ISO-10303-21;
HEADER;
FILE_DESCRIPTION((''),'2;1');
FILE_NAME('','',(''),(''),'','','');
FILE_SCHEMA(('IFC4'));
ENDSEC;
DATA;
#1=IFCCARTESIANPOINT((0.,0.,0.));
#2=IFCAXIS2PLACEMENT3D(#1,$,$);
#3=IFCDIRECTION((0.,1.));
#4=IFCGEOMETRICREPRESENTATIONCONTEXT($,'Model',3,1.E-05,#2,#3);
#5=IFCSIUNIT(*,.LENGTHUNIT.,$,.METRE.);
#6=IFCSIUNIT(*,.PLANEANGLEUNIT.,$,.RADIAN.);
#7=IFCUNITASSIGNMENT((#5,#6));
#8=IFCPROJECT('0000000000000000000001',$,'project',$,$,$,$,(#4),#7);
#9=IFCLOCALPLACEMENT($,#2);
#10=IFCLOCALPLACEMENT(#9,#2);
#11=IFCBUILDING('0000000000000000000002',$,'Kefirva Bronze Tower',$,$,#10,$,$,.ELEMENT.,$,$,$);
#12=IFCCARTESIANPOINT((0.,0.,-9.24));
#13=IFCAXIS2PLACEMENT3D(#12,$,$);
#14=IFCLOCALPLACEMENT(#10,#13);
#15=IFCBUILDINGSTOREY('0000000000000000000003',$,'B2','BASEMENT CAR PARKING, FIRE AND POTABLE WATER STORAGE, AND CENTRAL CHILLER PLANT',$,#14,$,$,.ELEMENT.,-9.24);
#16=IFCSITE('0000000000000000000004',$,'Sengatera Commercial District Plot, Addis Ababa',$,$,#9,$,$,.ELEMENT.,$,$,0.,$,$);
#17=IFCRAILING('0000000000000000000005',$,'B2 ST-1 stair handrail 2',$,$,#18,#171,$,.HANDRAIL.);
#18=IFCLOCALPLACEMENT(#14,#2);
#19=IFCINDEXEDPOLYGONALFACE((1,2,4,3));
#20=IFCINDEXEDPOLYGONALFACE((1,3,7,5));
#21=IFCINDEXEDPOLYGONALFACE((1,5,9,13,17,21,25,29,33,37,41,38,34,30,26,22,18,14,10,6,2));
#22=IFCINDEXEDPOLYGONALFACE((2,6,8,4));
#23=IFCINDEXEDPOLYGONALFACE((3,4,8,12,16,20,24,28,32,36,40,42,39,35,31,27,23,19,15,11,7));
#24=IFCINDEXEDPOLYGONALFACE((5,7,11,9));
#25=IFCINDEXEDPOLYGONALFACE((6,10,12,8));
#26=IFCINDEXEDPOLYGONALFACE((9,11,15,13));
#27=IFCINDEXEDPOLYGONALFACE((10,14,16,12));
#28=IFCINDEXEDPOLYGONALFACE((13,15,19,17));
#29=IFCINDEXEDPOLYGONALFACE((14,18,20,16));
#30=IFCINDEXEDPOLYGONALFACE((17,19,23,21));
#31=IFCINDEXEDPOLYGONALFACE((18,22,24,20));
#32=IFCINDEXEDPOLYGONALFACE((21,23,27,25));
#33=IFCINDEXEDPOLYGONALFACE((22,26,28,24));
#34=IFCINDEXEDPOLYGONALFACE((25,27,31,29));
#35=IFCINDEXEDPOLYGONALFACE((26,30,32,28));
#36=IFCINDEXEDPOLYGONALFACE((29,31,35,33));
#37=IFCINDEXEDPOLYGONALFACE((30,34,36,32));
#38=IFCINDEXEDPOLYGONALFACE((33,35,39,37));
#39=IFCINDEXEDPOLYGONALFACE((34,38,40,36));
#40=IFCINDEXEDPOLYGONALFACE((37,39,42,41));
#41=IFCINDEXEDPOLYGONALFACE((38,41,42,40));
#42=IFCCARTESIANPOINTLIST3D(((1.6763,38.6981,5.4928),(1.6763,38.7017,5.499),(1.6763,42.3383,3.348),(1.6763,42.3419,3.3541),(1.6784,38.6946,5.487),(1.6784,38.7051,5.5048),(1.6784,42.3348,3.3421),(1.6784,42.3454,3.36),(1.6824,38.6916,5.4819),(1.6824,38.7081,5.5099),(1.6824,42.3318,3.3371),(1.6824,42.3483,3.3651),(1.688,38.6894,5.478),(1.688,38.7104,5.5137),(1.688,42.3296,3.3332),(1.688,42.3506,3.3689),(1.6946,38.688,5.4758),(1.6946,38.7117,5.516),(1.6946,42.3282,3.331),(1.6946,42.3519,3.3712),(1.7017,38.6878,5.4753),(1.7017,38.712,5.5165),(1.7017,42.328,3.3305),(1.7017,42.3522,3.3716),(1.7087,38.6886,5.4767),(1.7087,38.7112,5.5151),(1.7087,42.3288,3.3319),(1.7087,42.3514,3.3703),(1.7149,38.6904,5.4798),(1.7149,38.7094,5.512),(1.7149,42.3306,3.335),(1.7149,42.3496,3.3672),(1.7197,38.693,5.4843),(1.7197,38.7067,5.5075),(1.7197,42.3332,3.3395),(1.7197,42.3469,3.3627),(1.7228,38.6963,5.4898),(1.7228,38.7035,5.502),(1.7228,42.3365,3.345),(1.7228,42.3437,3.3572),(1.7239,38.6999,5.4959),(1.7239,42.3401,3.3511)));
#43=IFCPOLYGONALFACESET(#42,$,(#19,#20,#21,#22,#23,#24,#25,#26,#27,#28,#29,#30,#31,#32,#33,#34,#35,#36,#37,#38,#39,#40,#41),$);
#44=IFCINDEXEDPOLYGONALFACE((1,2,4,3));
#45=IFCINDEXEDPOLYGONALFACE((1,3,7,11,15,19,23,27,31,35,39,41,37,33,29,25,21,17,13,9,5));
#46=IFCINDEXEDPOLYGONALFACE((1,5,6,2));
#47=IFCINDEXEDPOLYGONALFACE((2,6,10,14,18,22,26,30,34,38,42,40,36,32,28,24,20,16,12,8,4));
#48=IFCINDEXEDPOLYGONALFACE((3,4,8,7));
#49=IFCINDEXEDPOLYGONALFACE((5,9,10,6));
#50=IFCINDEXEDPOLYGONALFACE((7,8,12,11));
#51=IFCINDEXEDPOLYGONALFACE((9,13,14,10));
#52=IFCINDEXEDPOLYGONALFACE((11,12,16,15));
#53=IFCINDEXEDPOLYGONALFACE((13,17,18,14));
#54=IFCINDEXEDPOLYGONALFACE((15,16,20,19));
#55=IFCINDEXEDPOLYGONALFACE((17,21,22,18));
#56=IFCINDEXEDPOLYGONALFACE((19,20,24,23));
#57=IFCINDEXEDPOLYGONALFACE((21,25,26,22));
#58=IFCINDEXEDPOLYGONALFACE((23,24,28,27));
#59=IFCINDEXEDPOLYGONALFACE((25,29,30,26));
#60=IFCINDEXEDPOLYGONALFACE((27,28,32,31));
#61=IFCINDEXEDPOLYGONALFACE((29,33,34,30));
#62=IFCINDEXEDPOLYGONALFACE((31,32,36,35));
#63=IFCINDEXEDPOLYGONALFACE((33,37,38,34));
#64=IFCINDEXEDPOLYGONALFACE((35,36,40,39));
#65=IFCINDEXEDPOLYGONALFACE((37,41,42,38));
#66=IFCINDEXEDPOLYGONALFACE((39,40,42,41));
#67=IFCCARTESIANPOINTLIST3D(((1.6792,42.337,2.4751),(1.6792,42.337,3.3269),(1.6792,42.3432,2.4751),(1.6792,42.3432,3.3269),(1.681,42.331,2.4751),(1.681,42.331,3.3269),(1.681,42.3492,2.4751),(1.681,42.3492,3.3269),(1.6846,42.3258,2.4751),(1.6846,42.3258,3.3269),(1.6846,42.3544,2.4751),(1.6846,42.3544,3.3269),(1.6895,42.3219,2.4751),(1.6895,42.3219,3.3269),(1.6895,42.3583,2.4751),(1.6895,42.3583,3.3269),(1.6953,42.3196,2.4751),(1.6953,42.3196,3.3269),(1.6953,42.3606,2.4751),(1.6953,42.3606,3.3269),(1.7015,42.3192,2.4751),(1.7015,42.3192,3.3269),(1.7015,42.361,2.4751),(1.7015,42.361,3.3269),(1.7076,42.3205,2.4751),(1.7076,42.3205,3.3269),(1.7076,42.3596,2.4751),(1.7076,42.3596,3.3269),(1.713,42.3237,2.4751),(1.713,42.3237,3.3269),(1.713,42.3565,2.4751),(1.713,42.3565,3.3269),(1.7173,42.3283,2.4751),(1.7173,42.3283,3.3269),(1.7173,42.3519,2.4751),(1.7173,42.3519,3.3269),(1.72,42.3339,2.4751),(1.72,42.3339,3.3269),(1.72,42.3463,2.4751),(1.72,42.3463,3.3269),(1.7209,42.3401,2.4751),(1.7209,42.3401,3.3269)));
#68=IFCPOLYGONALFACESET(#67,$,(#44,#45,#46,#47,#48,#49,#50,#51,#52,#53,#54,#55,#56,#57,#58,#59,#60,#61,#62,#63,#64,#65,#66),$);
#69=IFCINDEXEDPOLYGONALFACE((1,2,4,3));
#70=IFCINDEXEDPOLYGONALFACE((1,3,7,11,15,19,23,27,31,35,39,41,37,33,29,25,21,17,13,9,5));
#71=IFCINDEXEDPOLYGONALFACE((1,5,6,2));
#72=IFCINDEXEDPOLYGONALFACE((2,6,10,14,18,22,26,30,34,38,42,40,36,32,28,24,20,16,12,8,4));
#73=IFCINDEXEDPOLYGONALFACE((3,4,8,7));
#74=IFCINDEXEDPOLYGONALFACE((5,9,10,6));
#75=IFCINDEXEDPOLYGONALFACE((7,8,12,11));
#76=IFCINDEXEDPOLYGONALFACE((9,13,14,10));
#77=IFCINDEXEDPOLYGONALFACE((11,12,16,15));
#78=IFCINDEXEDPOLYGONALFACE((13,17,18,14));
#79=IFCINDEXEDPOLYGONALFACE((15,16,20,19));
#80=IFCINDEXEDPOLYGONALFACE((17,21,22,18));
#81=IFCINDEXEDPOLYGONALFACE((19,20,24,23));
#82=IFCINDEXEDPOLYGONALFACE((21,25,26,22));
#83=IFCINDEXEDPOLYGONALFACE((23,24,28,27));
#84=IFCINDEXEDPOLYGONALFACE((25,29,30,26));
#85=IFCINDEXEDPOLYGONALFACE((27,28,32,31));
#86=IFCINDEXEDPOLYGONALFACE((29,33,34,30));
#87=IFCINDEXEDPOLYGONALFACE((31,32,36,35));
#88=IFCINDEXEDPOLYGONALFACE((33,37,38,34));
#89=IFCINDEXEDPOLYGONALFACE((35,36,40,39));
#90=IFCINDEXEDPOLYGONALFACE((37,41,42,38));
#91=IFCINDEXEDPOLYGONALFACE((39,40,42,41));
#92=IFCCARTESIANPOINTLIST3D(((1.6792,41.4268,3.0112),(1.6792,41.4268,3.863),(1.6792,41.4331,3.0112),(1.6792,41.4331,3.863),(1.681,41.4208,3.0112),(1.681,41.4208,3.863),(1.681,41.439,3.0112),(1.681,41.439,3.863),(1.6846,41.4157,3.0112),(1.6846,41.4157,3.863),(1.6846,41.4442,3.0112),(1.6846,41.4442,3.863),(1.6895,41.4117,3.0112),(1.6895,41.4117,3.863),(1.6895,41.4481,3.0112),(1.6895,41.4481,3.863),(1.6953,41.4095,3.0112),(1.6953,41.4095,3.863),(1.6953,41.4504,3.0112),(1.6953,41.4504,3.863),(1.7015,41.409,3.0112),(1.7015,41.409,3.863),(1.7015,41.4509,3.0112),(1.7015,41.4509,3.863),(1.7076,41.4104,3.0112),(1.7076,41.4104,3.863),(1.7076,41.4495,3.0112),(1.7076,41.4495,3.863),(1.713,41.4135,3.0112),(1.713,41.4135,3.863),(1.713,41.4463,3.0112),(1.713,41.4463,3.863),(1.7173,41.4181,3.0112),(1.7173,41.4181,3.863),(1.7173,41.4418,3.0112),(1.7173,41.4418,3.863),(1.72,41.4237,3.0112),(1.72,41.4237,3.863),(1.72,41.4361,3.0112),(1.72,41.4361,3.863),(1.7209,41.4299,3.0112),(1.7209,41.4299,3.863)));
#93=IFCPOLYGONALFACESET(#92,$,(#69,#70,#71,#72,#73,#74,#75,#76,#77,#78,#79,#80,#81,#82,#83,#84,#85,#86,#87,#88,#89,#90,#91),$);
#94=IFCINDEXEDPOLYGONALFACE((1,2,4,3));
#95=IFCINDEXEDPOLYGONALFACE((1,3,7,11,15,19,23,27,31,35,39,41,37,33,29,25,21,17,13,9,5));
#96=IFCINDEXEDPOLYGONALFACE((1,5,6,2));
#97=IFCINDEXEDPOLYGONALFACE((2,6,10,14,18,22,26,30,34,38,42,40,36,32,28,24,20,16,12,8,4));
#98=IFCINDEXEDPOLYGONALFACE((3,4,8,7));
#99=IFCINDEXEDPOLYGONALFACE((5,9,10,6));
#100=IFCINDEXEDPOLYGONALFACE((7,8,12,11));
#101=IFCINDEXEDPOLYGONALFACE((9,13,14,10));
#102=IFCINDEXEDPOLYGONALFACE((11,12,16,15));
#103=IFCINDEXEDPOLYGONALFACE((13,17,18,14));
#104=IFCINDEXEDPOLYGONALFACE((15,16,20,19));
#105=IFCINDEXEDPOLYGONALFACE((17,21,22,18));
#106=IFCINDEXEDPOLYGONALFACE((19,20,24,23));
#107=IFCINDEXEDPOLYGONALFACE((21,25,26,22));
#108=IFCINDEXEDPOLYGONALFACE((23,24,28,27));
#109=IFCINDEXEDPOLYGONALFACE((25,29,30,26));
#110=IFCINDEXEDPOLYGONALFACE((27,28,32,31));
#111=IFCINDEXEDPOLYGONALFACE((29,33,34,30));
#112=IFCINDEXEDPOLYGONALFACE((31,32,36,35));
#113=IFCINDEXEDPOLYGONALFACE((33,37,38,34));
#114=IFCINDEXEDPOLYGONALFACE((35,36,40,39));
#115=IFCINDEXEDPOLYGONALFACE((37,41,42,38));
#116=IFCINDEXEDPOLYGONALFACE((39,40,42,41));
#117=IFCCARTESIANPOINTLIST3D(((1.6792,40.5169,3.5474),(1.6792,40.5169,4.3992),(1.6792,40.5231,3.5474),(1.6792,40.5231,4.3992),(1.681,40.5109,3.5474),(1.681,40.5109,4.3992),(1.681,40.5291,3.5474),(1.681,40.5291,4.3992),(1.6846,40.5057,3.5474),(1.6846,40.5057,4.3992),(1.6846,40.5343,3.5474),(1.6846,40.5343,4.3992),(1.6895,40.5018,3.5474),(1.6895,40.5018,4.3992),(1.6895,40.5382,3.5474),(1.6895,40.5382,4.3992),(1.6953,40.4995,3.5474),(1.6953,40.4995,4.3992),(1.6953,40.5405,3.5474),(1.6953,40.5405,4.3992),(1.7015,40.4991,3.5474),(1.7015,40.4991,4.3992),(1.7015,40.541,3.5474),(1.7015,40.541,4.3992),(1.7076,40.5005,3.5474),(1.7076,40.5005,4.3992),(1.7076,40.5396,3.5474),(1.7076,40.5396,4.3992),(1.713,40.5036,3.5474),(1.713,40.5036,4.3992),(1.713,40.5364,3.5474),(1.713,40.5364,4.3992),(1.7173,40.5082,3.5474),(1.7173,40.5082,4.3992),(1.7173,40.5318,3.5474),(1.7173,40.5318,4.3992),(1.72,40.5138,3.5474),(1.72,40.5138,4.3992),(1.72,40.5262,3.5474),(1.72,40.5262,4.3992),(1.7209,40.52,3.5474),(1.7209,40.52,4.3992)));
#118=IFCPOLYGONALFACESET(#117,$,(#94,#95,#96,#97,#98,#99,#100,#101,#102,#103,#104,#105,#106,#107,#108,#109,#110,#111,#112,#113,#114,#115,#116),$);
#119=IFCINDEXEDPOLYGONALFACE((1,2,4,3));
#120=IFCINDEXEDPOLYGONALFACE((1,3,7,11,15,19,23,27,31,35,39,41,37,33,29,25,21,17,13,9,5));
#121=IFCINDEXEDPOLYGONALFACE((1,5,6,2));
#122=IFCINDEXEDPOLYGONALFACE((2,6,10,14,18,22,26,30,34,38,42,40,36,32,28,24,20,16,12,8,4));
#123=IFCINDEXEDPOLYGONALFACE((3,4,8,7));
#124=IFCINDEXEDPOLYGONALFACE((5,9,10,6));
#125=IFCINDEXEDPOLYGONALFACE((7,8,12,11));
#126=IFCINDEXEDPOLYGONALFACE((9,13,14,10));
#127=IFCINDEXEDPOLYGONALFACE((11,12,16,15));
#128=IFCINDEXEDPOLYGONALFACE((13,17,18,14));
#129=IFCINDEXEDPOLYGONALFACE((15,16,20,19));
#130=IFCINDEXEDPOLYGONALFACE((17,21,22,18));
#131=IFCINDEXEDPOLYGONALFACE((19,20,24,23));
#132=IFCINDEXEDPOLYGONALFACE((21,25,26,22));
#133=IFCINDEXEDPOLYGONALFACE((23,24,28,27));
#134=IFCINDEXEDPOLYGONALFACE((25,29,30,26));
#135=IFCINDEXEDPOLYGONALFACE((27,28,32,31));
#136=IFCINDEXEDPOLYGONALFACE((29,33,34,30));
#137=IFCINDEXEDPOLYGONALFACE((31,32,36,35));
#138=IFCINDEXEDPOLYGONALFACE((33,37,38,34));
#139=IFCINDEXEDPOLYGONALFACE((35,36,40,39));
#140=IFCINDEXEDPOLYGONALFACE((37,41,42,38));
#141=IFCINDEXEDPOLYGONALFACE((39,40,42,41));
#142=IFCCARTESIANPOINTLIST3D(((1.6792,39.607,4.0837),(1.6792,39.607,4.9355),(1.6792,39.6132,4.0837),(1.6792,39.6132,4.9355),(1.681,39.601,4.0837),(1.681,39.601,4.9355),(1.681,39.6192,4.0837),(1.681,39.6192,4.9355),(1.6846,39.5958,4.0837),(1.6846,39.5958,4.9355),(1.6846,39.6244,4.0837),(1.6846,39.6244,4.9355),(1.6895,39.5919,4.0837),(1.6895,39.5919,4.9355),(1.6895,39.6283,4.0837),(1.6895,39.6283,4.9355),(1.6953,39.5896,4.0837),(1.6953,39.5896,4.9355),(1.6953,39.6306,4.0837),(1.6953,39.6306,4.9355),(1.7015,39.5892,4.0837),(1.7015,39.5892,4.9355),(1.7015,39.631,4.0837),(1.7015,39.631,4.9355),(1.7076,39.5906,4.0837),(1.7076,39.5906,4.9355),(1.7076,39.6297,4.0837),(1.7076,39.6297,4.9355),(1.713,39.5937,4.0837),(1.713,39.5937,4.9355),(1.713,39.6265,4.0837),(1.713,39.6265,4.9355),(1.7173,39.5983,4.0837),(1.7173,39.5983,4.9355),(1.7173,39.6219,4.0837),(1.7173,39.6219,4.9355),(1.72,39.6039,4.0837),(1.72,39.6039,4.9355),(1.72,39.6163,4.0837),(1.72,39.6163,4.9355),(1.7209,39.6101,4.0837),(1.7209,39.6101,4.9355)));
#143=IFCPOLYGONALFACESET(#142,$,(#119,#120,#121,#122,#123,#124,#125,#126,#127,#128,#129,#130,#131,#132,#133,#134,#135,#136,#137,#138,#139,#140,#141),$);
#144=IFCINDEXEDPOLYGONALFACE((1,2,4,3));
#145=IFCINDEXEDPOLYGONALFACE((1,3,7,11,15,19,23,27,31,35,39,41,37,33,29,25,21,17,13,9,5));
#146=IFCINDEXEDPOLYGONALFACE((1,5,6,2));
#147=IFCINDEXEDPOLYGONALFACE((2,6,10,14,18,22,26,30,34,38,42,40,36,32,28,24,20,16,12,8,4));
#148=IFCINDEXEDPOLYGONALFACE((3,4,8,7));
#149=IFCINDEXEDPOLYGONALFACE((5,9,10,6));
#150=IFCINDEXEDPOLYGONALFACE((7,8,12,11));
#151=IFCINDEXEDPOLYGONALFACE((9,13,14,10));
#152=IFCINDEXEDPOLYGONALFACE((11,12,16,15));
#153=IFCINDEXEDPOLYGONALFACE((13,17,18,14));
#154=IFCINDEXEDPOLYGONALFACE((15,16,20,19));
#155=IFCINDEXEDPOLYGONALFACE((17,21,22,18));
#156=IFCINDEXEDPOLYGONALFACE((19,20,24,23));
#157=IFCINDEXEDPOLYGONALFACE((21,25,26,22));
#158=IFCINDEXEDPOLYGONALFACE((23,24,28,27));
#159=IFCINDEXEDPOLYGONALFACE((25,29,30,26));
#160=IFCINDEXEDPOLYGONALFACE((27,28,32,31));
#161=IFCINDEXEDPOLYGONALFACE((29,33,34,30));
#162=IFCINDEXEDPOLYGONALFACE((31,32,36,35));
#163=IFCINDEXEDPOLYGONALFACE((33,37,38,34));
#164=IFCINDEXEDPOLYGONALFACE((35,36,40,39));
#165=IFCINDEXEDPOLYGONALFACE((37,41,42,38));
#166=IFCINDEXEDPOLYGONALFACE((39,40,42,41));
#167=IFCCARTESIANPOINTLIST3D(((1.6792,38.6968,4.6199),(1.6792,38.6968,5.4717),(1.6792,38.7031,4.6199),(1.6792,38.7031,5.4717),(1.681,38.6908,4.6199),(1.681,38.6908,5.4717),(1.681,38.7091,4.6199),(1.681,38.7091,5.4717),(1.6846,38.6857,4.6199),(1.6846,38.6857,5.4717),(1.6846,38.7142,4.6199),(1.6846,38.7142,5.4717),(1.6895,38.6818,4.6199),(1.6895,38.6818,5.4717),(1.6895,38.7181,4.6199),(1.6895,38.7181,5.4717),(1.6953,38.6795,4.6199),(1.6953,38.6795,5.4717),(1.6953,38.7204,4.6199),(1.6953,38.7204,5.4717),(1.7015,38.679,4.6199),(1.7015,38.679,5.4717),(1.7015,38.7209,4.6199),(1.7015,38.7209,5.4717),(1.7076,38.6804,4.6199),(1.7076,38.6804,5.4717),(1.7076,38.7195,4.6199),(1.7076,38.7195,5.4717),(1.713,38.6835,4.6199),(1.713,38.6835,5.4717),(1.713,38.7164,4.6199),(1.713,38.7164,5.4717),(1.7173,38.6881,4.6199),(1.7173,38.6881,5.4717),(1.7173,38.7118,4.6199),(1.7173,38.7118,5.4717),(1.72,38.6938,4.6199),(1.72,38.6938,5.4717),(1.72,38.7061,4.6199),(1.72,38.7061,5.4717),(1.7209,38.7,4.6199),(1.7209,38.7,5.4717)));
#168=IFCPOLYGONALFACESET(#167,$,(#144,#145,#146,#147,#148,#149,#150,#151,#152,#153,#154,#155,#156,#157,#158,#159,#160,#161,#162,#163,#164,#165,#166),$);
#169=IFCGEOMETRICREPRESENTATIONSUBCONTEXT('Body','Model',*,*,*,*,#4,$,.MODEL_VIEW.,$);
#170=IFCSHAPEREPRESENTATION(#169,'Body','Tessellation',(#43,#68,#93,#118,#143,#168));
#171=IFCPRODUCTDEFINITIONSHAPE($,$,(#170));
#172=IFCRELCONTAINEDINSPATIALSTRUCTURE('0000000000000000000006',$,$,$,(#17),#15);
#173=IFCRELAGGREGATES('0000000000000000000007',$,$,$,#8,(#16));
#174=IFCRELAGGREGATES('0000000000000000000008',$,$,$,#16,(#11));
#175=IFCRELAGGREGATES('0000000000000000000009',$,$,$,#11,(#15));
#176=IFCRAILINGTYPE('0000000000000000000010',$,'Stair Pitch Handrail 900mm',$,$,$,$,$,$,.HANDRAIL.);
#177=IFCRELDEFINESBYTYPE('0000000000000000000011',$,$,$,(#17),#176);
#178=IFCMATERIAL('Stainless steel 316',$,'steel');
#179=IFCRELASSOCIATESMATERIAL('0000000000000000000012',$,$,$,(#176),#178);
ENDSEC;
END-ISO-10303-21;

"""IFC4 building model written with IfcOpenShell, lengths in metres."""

from ifc_helpers import new_model, si_unit, direction, frame, origin, origin_2d, place, context, subcontext, project, spatial, circle, extrude, material, type_object, element, save


model = new_model("IFC4")

# Units and contexts
model_context = context("Model", 3, precision=1e-05, world=origin(), true_north=direction((0.0, 1.0)))
body_context = subcontext(model_context, "Body", "Model", "MODEL_VIEW")
ifc_project = project(units=[si_unit("LENGTHUNIT", "METRE"), si_unit("PLANEANGLEUNIT", "RADIAN")], contexts=[model_context])

# Site, building, storey
site_placement = place(None, origin())
site = spatial("IfcSite", under=ifc_project, at=site_placement, Name="Sengatera Commercial District Plot, Addis Ababa", CompositionType="ELEMENT", RefElevation=0.0)
building_placement = place(site_placement, origin())
building = spatial("IfcBuilding", under=site, at=building_placement, Name="Kefirva Bronze Tower", CompositionType="ELEMENT")
storey_placement = place(building_placement, frame((0.0, 0.0, -9.24)))
storey = spatial("IfcBuildingStorey", under=building, at=storey_placement, Name="B2", Description="BASEMENT CAR PARKING, FIRE AND POTABLE WATER STORAGE, AND CENTRAL CHILLER PLANT", CompositionType="ELEMENT", Elevation=-9.24)

# Railing
ifc_material_1 = material(Name="Stainless steel 316", Category="steel")
railing_type_1 = type_object("IfcRailingType", Name="Stair Pitch Handrail 900mm", PredefinedType="HANDRAIL", material=ifc_material_1)
railing_1_placement = place(storey_placement, frame((1.7, 42.3401, 2.4751)))
element("IfcRailing", 1, at=railing_1_placement, inside=storey, type_object=railing_type_1, Name="B2 ST-1 stair handrail 2", PredefinedType="HANDRAIL", context=body_context, shape_type="SweptSolid", body=[
    extrude(circle(Radius=0.0239, at=origin_2d()), frame((0.0, 0.0, 0.876), z_axis=(0.0, -0.86157, 0.507639), x_axis=(1.0, 0.0, 0.0)), (0.0, 0.0, 1.0), 4.2251),
    extrude(circle(Radius=0.021, at=origin_2d()), origin(), (0.0, 0.0, 1.0), 0.8518),
    extrude(circle(Radius=0.021, at=origin_2d()), frame((0.0, -0.9102, 0.5361)), (0.0, 0.0, 1.0), 0.8518),
    extrude(circle(Radius=0.021, at=origin_2d()), frame((0.0, -1.8201, 1.0723)), (0.0, 0.0, 1.0), 0.8518),
    extrude(circle(Radius=0.021, at=origin_2d()), frame((0.0, -2.73, 1.6086)), (0.0, 0.0, 1.0), 0.8518),
    extrude(circle(Radius=0.021, at=origin_2d()), frame((0.0, -3.6401, 2.1448)), (0.0, 0.0, 1.0), 0.8518),
])

save(model, "model.ifc")
